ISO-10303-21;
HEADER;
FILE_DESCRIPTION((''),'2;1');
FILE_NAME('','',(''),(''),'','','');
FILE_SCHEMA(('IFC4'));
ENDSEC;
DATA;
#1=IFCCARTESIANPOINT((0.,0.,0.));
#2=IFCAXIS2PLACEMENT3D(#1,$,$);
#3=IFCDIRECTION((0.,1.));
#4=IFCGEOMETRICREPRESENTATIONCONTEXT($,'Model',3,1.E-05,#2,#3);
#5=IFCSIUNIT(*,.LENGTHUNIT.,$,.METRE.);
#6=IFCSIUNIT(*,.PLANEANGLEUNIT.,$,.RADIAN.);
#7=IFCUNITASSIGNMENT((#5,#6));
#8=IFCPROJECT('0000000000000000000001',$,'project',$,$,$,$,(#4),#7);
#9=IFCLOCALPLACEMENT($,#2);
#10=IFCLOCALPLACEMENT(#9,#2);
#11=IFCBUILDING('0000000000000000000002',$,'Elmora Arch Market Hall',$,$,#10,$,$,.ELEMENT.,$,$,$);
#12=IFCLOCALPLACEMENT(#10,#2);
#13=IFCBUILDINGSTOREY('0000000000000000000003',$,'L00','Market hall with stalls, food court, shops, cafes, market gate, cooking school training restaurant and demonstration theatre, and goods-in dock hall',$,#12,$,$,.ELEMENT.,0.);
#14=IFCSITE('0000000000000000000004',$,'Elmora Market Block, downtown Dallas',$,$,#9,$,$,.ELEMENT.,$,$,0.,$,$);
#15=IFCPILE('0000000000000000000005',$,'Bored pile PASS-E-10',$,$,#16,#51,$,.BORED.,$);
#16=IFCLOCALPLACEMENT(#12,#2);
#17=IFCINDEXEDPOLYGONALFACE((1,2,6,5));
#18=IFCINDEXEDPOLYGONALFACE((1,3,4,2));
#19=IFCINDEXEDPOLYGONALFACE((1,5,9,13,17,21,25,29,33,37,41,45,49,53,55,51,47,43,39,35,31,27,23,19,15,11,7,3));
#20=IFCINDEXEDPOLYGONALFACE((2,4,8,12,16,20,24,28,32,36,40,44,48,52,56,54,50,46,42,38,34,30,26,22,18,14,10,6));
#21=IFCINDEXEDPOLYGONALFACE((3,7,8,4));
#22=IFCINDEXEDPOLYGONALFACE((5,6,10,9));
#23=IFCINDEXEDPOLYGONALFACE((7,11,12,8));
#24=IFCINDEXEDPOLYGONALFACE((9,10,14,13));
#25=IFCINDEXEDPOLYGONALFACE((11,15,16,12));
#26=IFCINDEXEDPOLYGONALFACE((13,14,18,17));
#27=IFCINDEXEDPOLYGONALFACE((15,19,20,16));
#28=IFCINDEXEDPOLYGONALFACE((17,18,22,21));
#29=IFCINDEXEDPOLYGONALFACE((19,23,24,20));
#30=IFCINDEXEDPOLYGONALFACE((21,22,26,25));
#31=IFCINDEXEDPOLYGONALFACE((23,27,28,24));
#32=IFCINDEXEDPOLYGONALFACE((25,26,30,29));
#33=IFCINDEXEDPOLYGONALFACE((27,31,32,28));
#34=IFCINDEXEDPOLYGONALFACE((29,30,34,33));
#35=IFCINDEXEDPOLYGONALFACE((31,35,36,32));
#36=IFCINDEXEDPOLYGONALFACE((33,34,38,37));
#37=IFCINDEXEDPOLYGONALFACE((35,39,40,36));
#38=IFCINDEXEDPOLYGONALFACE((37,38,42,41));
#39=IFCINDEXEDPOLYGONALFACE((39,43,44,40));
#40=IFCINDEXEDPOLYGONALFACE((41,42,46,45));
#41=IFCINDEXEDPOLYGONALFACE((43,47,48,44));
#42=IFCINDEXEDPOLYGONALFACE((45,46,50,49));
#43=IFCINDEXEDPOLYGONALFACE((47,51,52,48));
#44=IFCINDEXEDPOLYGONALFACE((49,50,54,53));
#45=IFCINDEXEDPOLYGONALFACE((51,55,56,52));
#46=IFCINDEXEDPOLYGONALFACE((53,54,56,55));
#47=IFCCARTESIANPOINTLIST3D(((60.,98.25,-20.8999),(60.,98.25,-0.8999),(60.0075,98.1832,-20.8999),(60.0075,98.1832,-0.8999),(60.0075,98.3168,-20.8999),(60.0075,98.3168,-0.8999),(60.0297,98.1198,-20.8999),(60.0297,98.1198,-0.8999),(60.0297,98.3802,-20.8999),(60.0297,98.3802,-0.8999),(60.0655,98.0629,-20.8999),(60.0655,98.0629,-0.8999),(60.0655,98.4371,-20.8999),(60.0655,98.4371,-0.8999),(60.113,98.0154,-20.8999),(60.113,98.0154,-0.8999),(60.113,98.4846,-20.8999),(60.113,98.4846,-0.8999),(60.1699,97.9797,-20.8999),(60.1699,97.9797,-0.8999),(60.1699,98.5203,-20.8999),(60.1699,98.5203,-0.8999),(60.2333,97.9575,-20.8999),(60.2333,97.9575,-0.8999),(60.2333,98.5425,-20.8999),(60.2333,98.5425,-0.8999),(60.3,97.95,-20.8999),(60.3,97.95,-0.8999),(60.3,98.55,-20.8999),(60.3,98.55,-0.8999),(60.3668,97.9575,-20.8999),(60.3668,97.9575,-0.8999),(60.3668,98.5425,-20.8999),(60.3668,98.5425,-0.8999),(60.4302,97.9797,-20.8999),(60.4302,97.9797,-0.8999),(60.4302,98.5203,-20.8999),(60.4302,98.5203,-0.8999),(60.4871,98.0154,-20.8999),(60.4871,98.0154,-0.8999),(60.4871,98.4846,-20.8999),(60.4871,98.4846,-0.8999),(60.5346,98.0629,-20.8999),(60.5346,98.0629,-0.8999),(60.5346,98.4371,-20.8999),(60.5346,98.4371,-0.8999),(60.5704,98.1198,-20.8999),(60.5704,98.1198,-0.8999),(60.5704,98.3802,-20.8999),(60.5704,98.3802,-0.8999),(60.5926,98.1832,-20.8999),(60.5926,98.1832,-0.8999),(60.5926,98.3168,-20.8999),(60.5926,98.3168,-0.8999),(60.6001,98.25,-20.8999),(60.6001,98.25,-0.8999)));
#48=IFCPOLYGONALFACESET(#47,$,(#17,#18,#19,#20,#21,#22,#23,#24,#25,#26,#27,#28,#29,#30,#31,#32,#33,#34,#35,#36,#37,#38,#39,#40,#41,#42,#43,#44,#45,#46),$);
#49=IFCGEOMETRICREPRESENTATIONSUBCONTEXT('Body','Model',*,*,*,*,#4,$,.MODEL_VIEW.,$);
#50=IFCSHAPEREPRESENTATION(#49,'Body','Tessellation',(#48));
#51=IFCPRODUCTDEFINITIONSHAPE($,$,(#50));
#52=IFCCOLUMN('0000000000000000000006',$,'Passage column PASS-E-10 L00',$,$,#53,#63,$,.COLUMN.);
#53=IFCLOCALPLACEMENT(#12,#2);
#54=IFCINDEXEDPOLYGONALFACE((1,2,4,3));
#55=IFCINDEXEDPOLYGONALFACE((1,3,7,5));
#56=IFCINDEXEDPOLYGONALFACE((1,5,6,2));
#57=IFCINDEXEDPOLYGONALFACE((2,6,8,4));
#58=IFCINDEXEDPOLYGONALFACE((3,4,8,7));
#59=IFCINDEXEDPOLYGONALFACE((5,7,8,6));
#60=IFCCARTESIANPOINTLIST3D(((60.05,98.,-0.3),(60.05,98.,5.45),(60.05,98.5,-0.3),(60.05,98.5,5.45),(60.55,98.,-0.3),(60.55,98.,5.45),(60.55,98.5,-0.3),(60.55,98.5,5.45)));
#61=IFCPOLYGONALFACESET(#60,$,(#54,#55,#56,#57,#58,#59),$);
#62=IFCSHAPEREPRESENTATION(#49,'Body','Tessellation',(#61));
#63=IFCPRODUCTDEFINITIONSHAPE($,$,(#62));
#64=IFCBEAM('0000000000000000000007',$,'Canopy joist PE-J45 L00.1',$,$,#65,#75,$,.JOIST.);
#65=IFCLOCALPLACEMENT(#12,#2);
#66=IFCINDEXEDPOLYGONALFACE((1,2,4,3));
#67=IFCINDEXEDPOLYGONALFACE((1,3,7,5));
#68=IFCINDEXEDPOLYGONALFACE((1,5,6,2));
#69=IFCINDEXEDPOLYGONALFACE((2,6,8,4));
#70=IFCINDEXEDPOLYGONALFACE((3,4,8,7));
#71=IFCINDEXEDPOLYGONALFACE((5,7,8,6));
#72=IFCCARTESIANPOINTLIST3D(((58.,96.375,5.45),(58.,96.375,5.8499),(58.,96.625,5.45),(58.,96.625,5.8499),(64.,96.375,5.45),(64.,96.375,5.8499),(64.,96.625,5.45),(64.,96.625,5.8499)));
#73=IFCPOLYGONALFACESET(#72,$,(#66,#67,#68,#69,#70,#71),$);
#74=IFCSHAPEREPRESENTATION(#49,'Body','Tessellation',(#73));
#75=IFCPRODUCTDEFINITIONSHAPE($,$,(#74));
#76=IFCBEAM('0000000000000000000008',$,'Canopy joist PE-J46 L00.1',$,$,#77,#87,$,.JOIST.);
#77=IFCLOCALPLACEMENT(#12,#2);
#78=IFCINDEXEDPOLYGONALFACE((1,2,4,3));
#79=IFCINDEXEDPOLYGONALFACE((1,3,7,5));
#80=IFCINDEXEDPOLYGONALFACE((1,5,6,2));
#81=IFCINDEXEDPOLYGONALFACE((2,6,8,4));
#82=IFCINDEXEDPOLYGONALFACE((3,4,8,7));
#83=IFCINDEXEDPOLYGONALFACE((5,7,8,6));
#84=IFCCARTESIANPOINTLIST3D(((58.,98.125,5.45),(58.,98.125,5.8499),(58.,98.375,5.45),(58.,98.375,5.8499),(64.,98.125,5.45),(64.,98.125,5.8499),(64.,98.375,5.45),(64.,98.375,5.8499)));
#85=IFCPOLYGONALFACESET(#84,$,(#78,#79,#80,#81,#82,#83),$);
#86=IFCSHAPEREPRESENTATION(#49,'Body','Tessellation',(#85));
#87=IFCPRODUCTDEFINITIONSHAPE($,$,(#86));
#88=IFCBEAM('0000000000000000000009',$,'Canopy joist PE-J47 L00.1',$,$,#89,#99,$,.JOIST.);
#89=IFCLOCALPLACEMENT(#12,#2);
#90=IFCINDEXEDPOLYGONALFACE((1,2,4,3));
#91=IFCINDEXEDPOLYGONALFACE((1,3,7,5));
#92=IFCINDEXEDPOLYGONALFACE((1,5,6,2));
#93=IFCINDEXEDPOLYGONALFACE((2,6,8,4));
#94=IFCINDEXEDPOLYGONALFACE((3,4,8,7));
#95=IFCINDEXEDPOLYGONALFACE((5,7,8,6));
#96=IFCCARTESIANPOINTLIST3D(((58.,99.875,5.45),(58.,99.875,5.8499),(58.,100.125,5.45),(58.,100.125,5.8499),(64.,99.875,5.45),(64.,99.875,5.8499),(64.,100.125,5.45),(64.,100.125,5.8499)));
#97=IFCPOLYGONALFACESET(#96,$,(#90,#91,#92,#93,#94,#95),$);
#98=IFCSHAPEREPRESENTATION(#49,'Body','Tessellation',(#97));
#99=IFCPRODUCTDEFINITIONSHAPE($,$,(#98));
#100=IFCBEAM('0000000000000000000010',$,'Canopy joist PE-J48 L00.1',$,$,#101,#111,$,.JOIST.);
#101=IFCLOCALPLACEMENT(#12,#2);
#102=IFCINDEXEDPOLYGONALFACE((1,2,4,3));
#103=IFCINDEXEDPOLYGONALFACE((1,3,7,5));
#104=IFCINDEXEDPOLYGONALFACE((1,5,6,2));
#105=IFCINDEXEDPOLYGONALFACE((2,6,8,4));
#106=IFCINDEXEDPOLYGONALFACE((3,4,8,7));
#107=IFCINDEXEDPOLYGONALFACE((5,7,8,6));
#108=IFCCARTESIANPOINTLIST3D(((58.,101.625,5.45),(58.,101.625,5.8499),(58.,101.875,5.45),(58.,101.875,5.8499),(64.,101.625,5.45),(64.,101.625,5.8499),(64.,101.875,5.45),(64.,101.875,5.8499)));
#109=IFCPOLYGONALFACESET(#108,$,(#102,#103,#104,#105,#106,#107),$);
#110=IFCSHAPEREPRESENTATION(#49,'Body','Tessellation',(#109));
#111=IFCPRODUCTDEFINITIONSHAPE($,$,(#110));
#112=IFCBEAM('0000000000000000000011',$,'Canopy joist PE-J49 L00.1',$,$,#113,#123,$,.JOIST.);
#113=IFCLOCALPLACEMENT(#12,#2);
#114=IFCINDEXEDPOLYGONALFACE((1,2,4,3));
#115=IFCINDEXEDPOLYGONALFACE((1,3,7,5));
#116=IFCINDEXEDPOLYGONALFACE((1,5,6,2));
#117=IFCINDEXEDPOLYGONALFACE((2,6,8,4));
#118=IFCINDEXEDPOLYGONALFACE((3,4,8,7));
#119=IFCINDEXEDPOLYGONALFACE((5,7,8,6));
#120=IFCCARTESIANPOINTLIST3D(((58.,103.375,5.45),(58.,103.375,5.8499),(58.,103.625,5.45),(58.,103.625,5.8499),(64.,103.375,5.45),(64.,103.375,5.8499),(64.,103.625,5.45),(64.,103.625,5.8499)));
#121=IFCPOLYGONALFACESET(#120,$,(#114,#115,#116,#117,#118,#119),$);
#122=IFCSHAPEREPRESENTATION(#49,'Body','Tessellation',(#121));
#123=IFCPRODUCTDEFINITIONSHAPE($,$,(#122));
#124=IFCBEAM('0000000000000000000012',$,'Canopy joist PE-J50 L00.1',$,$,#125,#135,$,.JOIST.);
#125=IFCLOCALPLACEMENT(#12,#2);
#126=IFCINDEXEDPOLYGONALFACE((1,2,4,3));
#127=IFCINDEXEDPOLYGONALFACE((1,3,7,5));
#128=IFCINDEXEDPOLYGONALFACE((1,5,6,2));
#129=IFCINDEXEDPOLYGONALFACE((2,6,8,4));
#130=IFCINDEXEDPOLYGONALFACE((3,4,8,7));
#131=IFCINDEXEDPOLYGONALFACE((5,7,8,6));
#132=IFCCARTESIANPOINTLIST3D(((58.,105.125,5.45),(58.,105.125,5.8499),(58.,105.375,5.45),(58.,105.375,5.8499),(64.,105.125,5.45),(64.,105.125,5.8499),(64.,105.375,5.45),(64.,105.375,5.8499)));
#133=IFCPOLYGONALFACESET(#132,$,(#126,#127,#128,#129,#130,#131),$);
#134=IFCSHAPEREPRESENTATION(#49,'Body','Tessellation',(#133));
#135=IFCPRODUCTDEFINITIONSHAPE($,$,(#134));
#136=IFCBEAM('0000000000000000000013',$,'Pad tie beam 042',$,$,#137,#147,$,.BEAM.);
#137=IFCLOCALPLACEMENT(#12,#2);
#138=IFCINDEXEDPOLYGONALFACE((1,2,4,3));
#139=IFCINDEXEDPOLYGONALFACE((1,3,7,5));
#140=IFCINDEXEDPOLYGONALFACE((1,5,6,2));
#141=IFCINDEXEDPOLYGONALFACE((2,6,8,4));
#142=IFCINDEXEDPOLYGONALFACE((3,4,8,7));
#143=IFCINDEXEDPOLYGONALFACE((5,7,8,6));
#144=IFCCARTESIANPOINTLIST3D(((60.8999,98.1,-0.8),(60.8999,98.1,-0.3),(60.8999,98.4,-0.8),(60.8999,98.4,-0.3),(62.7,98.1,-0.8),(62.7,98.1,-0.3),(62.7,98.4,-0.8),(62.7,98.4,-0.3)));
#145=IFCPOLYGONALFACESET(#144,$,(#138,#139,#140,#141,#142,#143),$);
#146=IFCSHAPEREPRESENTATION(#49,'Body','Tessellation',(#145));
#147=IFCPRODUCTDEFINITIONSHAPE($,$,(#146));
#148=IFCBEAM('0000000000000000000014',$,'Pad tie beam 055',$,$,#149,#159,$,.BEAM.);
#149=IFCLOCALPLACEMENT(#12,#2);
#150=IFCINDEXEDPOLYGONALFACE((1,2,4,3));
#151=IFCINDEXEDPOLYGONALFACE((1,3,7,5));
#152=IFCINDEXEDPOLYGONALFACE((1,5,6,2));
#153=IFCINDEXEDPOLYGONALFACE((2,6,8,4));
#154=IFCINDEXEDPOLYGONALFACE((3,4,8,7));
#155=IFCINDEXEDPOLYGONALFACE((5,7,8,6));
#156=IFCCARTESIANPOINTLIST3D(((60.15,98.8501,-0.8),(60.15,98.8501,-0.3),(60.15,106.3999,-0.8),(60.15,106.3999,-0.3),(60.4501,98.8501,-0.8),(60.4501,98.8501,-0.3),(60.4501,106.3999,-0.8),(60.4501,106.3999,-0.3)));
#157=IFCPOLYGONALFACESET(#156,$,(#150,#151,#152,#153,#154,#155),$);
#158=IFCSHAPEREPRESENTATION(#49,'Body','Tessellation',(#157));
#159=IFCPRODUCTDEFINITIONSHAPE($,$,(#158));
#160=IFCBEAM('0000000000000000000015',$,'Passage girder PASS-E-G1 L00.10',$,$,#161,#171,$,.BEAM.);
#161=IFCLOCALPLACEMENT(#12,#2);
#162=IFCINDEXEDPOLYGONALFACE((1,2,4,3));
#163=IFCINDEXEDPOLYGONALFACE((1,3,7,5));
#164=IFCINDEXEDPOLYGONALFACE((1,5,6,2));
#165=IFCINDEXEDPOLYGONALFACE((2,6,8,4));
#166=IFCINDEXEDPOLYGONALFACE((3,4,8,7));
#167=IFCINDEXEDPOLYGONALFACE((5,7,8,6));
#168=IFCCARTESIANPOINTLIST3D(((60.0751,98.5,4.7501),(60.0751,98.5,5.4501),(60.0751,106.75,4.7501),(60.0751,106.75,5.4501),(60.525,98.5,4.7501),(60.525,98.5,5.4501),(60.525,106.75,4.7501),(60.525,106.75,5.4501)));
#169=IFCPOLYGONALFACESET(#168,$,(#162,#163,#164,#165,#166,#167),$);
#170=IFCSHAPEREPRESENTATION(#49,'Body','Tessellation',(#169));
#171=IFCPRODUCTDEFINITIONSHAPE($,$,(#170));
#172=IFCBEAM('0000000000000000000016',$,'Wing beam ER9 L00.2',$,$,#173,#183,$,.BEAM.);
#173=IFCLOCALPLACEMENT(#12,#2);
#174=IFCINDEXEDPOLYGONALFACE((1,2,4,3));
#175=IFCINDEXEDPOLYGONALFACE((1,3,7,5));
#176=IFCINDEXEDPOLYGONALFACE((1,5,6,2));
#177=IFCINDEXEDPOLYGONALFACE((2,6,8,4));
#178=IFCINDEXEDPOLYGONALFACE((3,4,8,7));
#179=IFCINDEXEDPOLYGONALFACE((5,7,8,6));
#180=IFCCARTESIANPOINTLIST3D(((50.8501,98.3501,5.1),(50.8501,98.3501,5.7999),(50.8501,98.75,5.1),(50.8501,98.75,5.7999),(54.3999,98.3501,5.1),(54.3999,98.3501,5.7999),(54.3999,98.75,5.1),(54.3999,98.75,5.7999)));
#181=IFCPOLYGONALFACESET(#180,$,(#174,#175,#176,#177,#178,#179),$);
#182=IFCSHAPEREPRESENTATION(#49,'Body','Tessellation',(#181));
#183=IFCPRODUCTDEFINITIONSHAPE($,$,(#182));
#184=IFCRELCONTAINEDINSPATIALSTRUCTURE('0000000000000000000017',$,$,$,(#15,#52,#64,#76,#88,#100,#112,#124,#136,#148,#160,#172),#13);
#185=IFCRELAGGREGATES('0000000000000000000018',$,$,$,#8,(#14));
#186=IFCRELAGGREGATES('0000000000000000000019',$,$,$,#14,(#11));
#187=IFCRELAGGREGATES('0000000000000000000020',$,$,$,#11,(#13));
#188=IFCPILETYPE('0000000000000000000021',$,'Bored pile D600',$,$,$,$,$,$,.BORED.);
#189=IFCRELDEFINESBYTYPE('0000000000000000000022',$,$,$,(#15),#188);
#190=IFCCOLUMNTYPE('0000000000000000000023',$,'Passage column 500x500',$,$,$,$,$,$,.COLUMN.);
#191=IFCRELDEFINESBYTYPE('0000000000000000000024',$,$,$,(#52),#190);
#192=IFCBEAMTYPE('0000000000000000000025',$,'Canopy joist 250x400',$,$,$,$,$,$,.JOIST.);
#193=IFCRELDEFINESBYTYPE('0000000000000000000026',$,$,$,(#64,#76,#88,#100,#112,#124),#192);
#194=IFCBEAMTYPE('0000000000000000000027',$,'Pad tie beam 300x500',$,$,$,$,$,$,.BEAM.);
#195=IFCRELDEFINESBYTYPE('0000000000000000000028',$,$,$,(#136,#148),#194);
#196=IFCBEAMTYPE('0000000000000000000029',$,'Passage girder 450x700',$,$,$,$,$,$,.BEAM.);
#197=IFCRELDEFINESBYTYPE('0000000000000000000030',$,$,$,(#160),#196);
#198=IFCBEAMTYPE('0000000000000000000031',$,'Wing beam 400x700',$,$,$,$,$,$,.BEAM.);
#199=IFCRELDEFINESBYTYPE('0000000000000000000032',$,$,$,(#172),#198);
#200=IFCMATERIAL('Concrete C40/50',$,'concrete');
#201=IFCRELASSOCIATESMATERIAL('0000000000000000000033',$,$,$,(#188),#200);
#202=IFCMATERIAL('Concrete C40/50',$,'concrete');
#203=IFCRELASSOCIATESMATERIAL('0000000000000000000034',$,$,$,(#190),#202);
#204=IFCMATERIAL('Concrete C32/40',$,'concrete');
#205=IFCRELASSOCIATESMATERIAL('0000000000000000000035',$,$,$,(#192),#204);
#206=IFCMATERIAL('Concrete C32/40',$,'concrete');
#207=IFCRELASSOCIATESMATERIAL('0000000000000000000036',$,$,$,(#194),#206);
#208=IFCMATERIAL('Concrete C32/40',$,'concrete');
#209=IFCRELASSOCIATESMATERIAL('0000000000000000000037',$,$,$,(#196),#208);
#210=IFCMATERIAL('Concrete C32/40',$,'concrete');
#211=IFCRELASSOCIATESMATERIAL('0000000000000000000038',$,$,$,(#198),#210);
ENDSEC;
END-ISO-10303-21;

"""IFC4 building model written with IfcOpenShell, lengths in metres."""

from ifc_helpers import new_model, si_unit, direction, frame, origin, origin_2d, place, context, subcontext, project, spatial, rectangle, circle, extrude, material, material_profile, profile_set, type_object, element, save


model = new_model("IFC4")

# Units and contexts
model_context = context("Model", 3, precision=1e-05, world=origin(), true_north=direction((0.0, 1.0)))
body_context = subcontext(model_context, "Body", "Model", "MODEL_VIEW")
ifc_project = project(units=[si_unit("LENGTHUNIT", "METRE"), si_unit("PLANEANGLEUNIT", "RADIAN")], contexts=[model_context])

# Site, building, storey
site_placement = place(None, origin())
site = spatial("IfcSite", under=ifc_project, at=site_placement, Name="Elmora Market Block, downtown Dallas", CompositionType="ELEMENT", RefElevation=0.0)
building_placement = place(site_placement, origin())
building = spatial("IfcBuilding", under=site, at=building_placement, Name="Elmora Arch Market Hall", CompositionType="ELEMENT")
storey_placement = place(building_placement, origin())
storey = spatial("IfcBuildingStorey", under=building, at=storey_placement, Name="L00", Description="Market hall with stalls, food court, shops, cafes, market gate, cooking school training restaurant and demonstration theatre, and goods-in dock hall", CompositionType="ELEMENT", Elevation=0.0)

# Pile
ifc_material_1 = material(Name="Concrete C40/50", Category="concrete")
ifc_material_profile_1 = material_profile(ifc_material_1, circle(Radius=0.3, at=origin_2d()), Name="Bored pile D600")
ifc_profile_set_1 = profile_set([ifc_material_profile_1], Name="Concrete C40/50")
pile_type = type_object("IfcPileType", Name="Bored pile D600", PredefinedType="BORED", material=ifc_profile_set_1)
pile_placement = place(storey_placement, frame((60.3, 98.25, -0.8999), z_axis=(0.0, 0.0, -1.0), x_axis=(1.0, 0.0, 0.0)))
element("IfcPile", 1, at=pile_placement, inside=storey, type_object=pile_type, Name="Bored pile PASS-E-10", PredefinedType="BORED", context=body_context, shape_type="SweptSolid", body=[
    extrude(circle(Radius=0.3, at=origin_2d()), origin(), (0.0, 0.0, 1.0), 20.0),
])

# Column
ifc_material_2 = material(Name="Concrete C40/50", Category="concrete")
ifc_material_profile_2 = material_profile(ifc_material_2, rectangle(XDim=0.5, YDim=0.5, at=origin_2d()), Name="Passage column 500x500")
ifc_profile_set_2 = profile_set([ifc_material_profile_2], Name="Concrete C40/50")
column_type = type_object("IfcColumnType", Name="Passage column 500x500", PredefinedType="COLUMN", material=ifc_profile_set_2)
column_placement = place(storey_placement, frame((60.3, 98.25, -0.3), z_axis=(0.0, 0.0, 1.0), x_axis=(1.0, 0.0, 0.0)))
element("IfcColumn", 2, at=column_placement, inside=storey, type_object=column_type, Name="Passage column PASS-E-10 L00", PredefinedType="COLUMN", context=body_context, shape_type="SweptSolid", body=[
    extrude(rectangle(XDim=0.5, YDim=0.5, at=origin_2d()), origin(), (0.0, 0.0, 1.0), 5.75),
])

# Beams
ifc_material_3 = material(Name="Concrete C32/40", Category="concrete")
ifc_material_profile_3 = material_profile(ifc_material_3, rectangle(XDim=0.25, YDim=0.3999, at=origin_2d()), Name="Canopy joist 250x400")
ifc_profile_set_3 = profile_set([ifc_material_profile_3], Name="Concrete C32/40")
beam_type_1 = type_object("IfcBeamType", Name="Canopy joist 250x400", PredefinedType="JOIST", material=ifc_profile_set_3)
for number, where, z_axis, x_axis, name in (
    (3, (58.0, 96.5, 5.6499), (1.0, 0.0, 0.0), (0.0, 1.0, 0.0), "Canopy joist PE-J45 L00.1"),
    (4, (58.0, 98.25, 5.6499), (1.0, 0.0, 0.0), (0.0, 1.0, 0.0), "Canopy joist PE-J46 L00.1"),
    (5, (58.0, 100.0, 5.6499), (1.0, 0.0, 0.0), (0.0, 1.0, 0.0), "Canopy joist PE-J47 L00.1"),
    (6, (58.0, 101.75, 5.6499), (1.0, 0.0, 0.0), (0.0, 1.0, 0.0), "Canopy joist PE-J48 L00.1"),
    (7, (58.0, 103.5, 5.6499), (1.0, 0.0, 0.0), (0.0, 1.0, 0.0), "Canopy joist PE-J49 L00.1"),
    (8, (58.0, 105.25, 5.6499), (1.0, 0.0, 0.0), (0.0, 1.0, 0.0), "Canopy joist PE-J50 L00.1"),
):
    element("IfcBeam", number, at=place(storey_placement, frame(where, z_axis=z_axis, x_axis=x_axis)), inside=storey, type_object=beam_type_1, Name=name, PredefinedType="JOIST", context=body_context, shape_type="SweptSolid", body=[
        extrude(rectangle(XDim=0.25, YDim=0.3999, at=origin_2d()), origin(), (0.0, 0.0, 1.0), 6.0),
    ])
ifc_material_4 = material(Name="Concrete C32/40", Category="concrete")
ifc_material_profile_4 = material_profile(ifc_material_4, rectangle(XDim=0.3, YDim=0.5, at=origin_2d()), Name="Pad tie beam 300x500")
ifc_profile_set_4 = profile_set([ifc_material_profile_4], Name="Concrete C32/40")
beam_type_2 = type_object("IfcBeamType", Name="Pad tie beam 300x500", PredefinedType="BEAM", material=ifc_profile_set_4)
beam_1_placement = place(storey_placement, frame((60.8999, 98.25, -0.55), z_axis=(1.0, 0.0, 0.0), x_axis=(0.0, 1.0, 0.0)))
element("IfcBeam", 9, at=beam_1_placement, inside=storey, type_object=beam_type_2, Name="Pad tie beam 042", PredefinedType="BEAM", context=body_context, shape_type="SweptSolid", body=[
    extrude(rectangle(XDim=0.3, YDim=0.5, at=origin_2d()), origin(), (0.0, 0.0, 1.0), 1.8),
])
beam_2_placement = place(storey_placement, frame((60.3, 98.8501, -0.55), z_axis=(0.0, 1.0, 0.0), x_axis=(-1.0, 0.0, 0.0)))
element("IfcBeam", 10, at=beam_2_placement, inside=storey, type_object=beam_type_2, Name="Pad tie beam 055", PredefinedType="BEAM", context=body_context, shape_type="SweptSolid", body=[
    extrude(rectangle(XDim=0.3, YDim=0.5, at=origin_2d()), origin(), (0.0, 0.0, 1.0), 7.5498),
])
ifc_material_5 = material(Name="Concrete C32/40", Category="concrete")
ifc_material_profile_5 = material_profile(ifc_material_5, rectangle(XDim=0.45, YDim=0.7, at=origin_2d()), Name="Passage girder 450x700")
ifc_profile_set_5 = profile_set([ifc_material_profile_5], Name="Concrete C32/40")
beam_type_3 = type_object("IfcBeamType", Name="Passage girder 450x700", PredefinedType="BEAM", material=ifc_profile_set_5)
beam_3_placement = place(storey_placement, frame((60.3, 98.5, 5.1001), z_axis=(0.0, 1.0, 0.0), x_axis=(-1.0, 0.0, 0.0)))
element("IfcBeam", 11, at=beam_3_placement, inside=storey, type_object=beam_type_3, Name="Passage girder PASS-E-G1 L00.10", PredefinedType="BEAM", context=body_context, shape_type="SweptSolid", body=[
    extrude(rectangle(XDim=0.45, YDim=0.7, at=origin_2d()), origin(), (0.0, 0.0, 1.0), 8.25),
])
ifc_material_6 = material(Name="Concrete C32/40", Category="concrete")
ifc_material_profile_6 = material_profile(ifc_material_6, rectangle(XDim=0.3999, YDim=0.7, at=origin_2d()), Name="Wing beam 400x700")
ifc_profile_set_6 = profile_set([ifc_material_profile_6], Name="Concrete C32/40")
beam_type_4 = type_object("IfcBeamType", Name="Wing beam 400x700", PredefinedType="BEAM", material=ifc_profile_set_6)
beam_4_placement = place(storey_placement, frame((50.8501, 98.55, 5.45), z_axis=(1.0, 0.0, 0.0), x_axis=(0.0, 1.0, 0.0)))
element("IfcBeam", 12, at=beam_4_placement, inside=storey, type_object=beam_type_4, Name="Wing beam ER9 L00.2", PredefinedType="BEAM", context=body_context, shape_type="SweptSolid", body=[
    extrude(rectangle(XDim=0.3999, YDim=0.7, at=origin_2d()), origin(), (0.0, 0.0, 1.0), 3.5498),
])

save(model, "model.ifc")
